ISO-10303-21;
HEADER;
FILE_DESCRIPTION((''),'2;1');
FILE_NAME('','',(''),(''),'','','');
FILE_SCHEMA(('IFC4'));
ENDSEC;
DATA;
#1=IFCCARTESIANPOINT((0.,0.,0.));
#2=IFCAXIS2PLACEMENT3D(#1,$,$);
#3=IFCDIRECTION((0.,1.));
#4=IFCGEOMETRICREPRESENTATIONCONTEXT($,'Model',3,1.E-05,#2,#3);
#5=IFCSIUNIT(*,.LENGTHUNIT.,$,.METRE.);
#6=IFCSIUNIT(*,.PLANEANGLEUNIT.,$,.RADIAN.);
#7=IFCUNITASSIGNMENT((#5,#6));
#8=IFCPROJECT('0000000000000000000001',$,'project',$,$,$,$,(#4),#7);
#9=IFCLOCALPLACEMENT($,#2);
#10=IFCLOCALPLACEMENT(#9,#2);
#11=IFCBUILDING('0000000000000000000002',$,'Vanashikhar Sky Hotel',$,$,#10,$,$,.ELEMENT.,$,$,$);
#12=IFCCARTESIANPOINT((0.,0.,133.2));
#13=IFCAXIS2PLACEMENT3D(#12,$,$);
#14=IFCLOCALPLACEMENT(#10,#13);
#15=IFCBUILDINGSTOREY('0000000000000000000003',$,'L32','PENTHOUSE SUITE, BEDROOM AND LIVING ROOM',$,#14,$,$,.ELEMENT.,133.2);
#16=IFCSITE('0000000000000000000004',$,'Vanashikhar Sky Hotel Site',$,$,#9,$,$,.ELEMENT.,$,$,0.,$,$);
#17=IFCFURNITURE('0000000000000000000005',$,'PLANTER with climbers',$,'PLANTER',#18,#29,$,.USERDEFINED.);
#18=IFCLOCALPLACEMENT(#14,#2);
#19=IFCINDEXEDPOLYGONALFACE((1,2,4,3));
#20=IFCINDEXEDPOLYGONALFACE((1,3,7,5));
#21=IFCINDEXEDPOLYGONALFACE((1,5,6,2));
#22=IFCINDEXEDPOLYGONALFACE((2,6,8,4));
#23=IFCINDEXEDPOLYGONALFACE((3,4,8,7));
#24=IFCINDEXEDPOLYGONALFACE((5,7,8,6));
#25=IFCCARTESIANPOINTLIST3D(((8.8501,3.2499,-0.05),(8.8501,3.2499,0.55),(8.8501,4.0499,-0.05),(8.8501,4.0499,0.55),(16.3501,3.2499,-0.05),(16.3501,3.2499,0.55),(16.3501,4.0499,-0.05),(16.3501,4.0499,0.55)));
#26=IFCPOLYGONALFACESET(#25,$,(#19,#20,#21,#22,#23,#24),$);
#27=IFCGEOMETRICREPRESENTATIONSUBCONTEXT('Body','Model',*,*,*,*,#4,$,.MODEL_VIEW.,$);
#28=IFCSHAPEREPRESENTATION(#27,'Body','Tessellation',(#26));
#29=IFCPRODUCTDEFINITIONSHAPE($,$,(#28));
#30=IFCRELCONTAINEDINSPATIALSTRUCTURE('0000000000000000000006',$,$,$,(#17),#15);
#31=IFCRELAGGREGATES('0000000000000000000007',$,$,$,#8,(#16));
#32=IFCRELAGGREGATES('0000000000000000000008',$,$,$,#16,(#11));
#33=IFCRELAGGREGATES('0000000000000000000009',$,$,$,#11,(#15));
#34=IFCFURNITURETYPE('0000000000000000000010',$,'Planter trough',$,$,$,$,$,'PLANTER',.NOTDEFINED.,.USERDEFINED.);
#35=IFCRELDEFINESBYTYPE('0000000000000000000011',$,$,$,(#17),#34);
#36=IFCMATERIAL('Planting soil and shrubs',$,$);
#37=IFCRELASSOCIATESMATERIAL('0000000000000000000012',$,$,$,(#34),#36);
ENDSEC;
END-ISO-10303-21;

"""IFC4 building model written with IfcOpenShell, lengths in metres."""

from ifc_helpers import new_model, si_unit, direction, frame, origin, origin_2d, place, context, subcontext, project, spatial, rectangle, extrude, source, transform, mapped, material, type_object, element, save


model = new_model("IFC4")

# Units and contexts
model_context = context("Model", 3, precision=1e-05, world=origin(), true_north=direction((0.0, 1.0)))
body_context = subcontext(model_context, "Body", "Model", "MODEL_VIEW")
ifc_project = project(units=[si_unit("LENGTHUNIT", "METRE"), si_unit("PLANEANGLEUNIT", "RADIAN")], contexts=[model_context])

# Site, building, storey
site_placement = place(None, origin())
site = spatial("IfcSite", under=ifc_project, at=site_placement, Name="Vanashikhar Sky Hotel Site", CompositionType="ELEMENT", RefElevation=0.0)
building_placement = place(site_placement, origin())
building = spatial("IfcBuilding", under=site, at=building_placement, Name="Vanashikhar Sky Hotel", CompositionType="ELEMENT")
storey_placement = place(building_placement, frame((0.0, 0.0, 133.2)))
storey = spatial("IfcBuildingStorey", under=building, at=storey_placement, Name="L32", Description="PENTHOUSE SUITE, BEDROOM AND LIVING ROOM", CompositionType="ELEMENT", Elevation=133.2)

# Furniture
ifc_material_1 = material(Name="Planting soil and shrubs")
furniture_type = type_object("IfcFurnitureType", Name="Planter trough", ElementType="PLANTER", AssemblyPlace="NOTDEFINED", PredefinedType="USERDEFINED", material=ifc_material_1)
shared_shape_1 = source(origin(), body_context, "Body", "SweptSolid", [
    extrude(rectangle(XDim=7.5, YDim=0.8, at=origin_2d()), origin(), (0.0, 0.0, 1.0), 0.6001),
])
furniture_1_placement = place(storey_placement, frame((12.6001, 3.6499, -0.05), z_axis=(0.0, 0.0, 1.0), x_axis=(1.0, 0.0, 0.0)))
element("IfcFurniture", 1, at=furniture_1_placement, inside=storey, type_object=furniture_type, Name="PLANTER with climbers", ObjectType="PLANTER", PredefinedType="USERDEFINED", context=body_context, shape_type="MappedRepresentation", body=[
    mapped(shared_shape_1, transform((0.0, 0.0, 0.0), scale=1.0)),
])

save(model, "model.ifc")
